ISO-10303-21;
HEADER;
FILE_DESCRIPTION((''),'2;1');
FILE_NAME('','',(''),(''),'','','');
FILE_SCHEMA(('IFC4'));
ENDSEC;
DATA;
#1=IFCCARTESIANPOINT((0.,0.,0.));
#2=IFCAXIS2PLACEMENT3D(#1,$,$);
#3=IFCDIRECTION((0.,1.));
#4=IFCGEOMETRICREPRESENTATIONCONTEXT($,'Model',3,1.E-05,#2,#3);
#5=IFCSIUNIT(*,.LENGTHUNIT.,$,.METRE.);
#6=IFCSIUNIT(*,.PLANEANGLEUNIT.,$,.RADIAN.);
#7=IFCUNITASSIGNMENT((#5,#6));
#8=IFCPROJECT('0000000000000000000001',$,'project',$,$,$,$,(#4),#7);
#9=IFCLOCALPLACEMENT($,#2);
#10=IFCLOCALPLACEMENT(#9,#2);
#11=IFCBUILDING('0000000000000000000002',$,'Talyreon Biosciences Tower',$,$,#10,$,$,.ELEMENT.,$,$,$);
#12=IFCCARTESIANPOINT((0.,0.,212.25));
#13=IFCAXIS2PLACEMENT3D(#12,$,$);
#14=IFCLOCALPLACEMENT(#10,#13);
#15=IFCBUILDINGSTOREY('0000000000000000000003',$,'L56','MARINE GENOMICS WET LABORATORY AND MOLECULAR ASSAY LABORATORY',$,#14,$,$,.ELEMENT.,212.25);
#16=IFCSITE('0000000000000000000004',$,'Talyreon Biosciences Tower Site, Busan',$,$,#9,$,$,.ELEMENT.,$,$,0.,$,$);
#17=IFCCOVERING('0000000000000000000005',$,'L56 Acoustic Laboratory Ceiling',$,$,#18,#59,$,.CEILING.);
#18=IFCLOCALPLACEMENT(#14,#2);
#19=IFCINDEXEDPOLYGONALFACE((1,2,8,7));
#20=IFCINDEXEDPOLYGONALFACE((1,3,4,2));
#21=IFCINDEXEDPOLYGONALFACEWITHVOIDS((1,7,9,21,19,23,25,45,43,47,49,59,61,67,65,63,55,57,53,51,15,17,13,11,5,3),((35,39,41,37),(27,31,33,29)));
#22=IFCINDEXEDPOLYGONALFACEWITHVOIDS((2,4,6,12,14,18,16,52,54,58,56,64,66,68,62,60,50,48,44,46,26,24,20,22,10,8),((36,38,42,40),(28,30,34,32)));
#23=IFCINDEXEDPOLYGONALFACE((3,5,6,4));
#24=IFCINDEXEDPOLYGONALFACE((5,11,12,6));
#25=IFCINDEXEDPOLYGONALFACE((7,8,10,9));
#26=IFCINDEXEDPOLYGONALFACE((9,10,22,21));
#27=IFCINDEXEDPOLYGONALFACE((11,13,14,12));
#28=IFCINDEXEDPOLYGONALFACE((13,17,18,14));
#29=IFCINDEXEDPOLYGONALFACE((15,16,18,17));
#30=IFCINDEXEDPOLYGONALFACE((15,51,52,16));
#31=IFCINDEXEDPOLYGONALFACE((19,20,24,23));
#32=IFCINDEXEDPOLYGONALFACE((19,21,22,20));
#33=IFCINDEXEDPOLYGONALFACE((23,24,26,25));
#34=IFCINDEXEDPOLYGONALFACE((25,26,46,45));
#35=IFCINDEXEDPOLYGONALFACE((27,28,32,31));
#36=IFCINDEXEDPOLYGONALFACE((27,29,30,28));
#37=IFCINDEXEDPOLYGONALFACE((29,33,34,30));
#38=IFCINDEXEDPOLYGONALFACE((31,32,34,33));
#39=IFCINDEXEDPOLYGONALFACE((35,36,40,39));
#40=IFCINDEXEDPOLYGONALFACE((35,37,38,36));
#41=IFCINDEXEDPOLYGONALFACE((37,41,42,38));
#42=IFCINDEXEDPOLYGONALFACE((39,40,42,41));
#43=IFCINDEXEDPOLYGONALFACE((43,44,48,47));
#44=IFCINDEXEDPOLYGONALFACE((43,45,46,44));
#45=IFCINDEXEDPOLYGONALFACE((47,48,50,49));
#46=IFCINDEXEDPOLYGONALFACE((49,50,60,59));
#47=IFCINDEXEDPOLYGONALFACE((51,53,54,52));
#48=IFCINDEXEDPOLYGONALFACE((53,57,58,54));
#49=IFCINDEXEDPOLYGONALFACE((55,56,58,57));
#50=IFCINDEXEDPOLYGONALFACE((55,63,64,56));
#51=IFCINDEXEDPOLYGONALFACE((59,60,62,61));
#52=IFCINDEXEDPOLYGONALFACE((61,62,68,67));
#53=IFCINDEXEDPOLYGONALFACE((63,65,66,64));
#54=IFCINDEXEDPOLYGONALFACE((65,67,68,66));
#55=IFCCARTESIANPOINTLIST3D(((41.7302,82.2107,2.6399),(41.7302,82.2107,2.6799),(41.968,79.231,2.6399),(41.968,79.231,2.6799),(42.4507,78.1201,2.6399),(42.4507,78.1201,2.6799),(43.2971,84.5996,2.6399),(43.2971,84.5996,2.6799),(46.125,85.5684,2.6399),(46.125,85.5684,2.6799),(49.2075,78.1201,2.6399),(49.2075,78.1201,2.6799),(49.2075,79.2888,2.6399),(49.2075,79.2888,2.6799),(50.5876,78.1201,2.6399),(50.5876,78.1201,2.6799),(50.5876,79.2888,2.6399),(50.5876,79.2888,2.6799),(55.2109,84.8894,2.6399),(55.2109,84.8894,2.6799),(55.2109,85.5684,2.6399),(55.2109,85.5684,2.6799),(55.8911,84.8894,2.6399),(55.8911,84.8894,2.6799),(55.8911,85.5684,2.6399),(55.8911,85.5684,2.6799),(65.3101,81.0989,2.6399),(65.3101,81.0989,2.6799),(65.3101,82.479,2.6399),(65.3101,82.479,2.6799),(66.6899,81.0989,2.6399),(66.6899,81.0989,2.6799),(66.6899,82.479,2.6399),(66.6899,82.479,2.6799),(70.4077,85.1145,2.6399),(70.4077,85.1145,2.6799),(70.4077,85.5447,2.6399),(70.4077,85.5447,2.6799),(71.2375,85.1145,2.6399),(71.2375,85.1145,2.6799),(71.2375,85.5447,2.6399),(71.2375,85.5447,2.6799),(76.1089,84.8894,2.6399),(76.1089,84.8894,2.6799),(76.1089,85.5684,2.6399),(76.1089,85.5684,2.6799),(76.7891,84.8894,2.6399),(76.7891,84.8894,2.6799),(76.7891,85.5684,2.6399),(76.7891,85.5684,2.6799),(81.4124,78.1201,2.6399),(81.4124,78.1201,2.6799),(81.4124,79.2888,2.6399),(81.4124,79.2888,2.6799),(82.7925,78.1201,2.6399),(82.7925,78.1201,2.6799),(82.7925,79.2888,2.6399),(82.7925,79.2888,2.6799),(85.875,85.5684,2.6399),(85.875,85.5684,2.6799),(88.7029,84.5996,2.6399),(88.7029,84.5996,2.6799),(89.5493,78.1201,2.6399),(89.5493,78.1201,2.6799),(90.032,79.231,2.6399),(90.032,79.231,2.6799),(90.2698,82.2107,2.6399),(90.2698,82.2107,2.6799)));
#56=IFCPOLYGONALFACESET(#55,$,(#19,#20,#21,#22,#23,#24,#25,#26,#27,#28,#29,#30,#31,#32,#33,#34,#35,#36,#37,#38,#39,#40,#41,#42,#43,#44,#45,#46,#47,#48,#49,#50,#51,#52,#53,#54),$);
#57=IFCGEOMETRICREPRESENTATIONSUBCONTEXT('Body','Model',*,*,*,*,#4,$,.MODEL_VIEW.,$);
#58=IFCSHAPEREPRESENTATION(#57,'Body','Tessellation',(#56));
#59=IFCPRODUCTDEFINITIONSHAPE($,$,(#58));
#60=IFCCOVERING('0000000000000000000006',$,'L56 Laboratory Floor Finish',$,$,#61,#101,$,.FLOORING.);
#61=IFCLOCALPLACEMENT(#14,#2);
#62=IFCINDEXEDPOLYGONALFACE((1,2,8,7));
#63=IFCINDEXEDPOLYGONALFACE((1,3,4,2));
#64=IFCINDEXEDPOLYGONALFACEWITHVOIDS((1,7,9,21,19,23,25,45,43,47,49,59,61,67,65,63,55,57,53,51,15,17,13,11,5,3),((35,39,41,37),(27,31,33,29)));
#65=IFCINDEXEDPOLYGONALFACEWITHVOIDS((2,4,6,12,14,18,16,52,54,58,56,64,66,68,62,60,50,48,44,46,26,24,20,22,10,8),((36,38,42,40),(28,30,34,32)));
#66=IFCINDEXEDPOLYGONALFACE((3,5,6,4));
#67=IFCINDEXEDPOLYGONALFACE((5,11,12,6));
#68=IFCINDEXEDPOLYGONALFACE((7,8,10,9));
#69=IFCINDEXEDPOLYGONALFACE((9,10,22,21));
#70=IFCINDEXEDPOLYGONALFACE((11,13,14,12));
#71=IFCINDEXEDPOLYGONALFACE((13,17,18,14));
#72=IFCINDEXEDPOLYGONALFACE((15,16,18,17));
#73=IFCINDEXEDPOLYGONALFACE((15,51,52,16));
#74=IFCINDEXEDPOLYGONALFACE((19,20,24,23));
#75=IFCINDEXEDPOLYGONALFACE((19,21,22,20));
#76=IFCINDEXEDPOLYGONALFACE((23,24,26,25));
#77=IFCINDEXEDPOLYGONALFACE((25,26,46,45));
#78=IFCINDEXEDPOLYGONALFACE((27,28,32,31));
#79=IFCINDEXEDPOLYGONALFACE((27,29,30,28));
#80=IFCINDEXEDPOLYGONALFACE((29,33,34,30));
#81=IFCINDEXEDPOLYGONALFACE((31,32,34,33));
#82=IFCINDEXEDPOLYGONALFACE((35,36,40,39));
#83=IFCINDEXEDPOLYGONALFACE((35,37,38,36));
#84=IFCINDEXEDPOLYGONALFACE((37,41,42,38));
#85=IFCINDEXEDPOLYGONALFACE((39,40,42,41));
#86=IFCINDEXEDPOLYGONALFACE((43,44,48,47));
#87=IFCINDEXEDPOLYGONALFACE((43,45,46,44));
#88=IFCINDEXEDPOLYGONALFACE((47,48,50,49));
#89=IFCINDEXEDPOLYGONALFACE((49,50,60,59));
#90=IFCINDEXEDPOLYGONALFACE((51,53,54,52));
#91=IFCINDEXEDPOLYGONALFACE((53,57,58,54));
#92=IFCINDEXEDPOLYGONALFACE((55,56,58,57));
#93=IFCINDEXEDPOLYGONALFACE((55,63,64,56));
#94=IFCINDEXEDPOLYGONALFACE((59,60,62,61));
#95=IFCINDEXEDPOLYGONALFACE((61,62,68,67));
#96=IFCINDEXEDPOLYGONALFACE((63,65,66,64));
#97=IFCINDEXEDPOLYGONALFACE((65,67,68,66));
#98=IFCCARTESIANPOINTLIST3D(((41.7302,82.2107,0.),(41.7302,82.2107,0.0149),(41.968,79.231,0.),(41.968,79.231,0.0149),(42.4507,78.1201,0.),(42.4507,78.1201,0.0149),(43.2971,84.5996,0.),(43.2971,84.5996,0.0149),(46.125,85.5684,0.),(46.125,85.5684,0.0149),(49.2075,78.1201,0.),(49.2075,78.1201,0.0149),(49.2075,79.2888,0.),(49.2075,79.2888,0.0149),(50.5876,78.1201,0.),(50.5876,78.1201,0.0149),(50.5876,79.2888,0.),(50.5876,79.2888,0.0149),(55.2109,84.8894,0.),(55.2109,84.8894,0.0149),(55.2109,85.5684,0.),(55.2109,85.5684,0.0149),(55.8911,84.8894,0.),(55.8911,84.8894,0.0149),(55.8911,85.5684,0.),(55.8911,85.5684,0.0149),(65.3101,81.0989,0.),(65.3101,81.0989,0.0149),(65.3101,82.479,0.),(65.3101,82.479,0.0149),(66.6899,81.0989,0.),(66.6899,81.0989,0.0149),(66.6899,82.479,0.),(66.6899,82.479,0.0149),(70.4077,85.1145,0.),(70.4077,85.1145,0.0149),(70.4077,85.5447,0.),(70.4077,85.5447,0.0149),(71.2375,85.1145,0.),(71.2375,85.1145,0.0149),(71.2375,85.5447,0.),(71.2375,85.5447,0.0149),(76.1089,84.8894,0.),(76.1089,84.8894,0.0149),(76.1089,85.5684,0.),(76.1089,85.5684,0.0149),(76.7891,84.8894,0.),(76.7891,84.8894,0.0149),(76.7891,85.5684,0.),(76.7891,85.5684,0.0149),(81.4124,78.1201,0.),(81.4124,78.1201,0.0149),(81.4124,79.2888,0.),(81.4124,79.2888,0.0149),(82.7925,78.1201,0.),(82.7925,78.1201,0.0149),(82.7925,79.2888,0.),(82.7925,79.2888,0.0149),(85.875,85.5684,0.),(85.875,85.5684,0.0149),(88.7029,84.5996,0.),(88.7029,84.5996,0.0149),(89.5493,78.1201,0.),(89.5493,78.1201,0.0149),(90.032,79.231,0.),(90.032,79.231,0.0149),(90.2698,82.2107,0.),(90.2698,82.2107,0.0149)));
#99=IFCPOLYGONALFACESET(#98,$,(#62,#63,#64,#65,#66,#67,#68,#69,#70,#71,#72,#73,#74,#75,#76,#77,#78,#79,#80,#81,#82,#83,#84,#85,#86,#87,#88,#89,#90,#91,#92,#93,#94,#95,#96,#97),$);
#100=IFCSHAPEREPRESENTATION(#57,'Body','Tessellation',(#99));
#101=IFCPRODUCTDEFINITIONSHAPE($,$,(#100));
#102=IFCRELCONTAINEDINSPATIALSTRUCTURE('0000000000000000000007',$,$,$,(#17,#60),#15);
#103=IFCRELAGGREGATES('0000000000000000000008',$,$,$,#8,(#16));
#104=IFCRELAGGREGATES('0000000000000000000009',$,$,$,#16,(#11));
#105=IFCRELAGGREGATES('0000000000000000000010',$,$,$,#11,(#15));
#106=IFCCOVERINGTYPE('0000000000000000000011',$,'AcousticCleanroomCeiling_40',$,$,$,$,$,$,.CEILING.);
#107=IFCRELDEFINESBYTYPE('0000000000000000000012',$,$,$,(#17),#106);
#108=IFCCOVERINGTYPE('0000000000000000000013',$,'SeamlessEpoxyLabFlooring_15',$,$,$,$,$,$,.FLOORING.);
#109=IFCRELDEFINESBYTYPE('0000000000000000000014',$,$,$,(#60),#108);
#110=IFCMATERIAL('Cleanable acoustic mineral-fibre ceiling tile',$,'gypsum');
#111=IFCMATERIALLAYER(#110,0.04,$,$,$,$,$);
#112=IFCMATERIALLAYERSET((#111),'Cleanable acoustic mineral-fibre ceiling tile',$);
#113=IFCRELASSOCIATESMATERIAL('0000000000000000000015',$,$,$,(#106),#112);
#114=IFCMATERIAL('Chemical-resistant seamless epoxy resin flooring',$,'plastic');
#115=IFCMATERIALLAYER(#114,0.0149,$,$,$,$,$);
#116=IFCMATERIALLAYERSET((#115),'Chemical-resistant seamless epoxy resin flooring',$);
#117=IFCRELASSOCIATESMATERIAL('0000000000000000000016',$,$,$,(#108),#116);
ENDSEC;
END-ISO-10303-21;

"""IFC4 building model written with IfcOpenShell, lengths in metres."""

from ifc_helpers import new_model, si_unit, direction, frame, origin, place, context, subcontext, project, spatial, polyline, outline, extrude, material, layer, layer_set, type_object, element, save


model = new_model("IFC4")

# Units and contexts
model_context = context("Model", 3, precision=1e-05, world=origin(), true_north=direction((0.0, 1.0)))
body_context = subcontext(model_context, "Body", "Model", "MODEL_VIEW")
ifc_project = project(units=[si_unit("LENGTHUNIT", "METRE"), si_unit("PLANEANGLEUNIT", "RADIAN")], contexts=[model_context])

# Site, building, storey
site_placement = place(None, origin())
site = spatial("IfcSite", under=ifc_project, at=site_placement, Name="Talyreon Biosciences Tower Site, Busan", CompositionType="ELEMENT", RefElevation=0.0)
building_placement = place(site_placement, origin())
building = spatial("IfcBuilding", under=site, at=building_placement, Name="Talyreon Biosciences Tower", CompositionType="ELEMENT")
storey_placement = place(building_placement, frame((0.0, 0.0, 212.25)))
storey = spatial("IfcBuildingStorey", under=building, at=storey_placement, Name="L56", Description="MARINE GENOMICS WET LABORATORY AND MOLECULAR ASSAY LABORATORY", CompositionType="ELEMENT", Elevation=212.25)

# Coverings
ifc_material_1 = material(Name="Cleanable acoustic mineral-fibre ceiling tile", Category="gypsum")
ifc_layer_1 = layer(ifc_material_1, 0.04)
ifc_layer_set_1 = layer_set([ifc_layer_1], Name="Cleanable acoustic mineral-fibre ceiling tile")
covering_type_1 = type_object("IfcCoveringType", Name="AcousticCleanroomCeiling_40", PredefinedType="CEILING", material=ifc_layer_set_1)
covering_1_placement = place(storey_placement, frame((0.0, 0.0, 2.6399)))
element("IfcCovering", 1, at=covering_1_placement, inside=storey, type_object=covering_type_1, Name="L56 Acoustic Laboratory Ceiling", PredefinedType="CEILING", context=body_context, shape_type="SweptSolid", body=[
    extrude(outline(polyline([(41.7302, 82.2107), (43.2971, 84.5996), (46.125, 85.5684), (55.2109, 85.5684), (55.2109, 84.8894), (55.8911, 84.8894), (55.8911, 85.5684), (76.1089, 85.5684), (76.1089, 84.8894), (76.7891, 84.8894), (76.7891, 85.5684), (85.875, 85.5684), (88.7029, 84.5996), (90.2698, 82.2107), (90.032, 79.231), (89.5493, 78.1201), (82.7925, 78.1201), (82.7925, 79.2888), (81.4124, 79.2888), (81.4124, 78.1201), (50.5876, 78.1201), (50.5876, 79.2888), (49.2075, 79.2888), (49.2075, 78.1201), (42.4507, 78.1201), (41.968, 79.231), (41.7302, 82.2107)]), holes=[polyline([(65.3101, 81.0989), (66.6899, 81.0989), (66.6899, 82.479), (65.3101, 82.479), (65.3101, 81.0989)]), polyline([(71.2375, 85.5447), (70.4077, 85.5447), (70.4077, 85.1145), (71.2375, 85.1145), (71.2375, 85.5447)])]), origin(), (0.0, 0.0, 1.0), 0.04),
])
ifc_material_2 = material(Name="Chemical-resistant seamless epoxy resin flooring", Category="plastic")
ifc_layer_2 = layer(ifc_material_2, 0.0149)
ifc_layer_set_2 = layer_set([ifc_layer_2], Name="Chemical-resistant seamless epoxy resin flooring")
covering_type_2 = type_object("IfcCoveringType", Name="SeamlessEpoxyLabFlooring_15", PredefinedType="FLOORING", material=ifc_layer_set_2)
covering_2_placement = place(storey_placement, origin())
element("IfcCovering", 2, at=covering_2_placement, inside=storey, type_object=covering_type_2, Name="L56 Laboratory Floor Finish", PredefinedType="FLOORING", context=body_context, shape_type="SweptSolid", body=[
    extrude(outline(polyline([(41.7302, 82.2107), (43.2971, 84.5996), (46.125, 85.5684), (55.2109, 85.5684), (55.2109, 84.8894), (55.8911, 84.8894), (55.8911, 85.5684), (76.1089, 85.5684), (76.1089, 84.8894), (76.7891, 84.8894), (76.7891, 85.5684), (85.875, 85.5684), (88.7029, 84.5996), (90.2698, 82.2107), (90.032, 79.231), (89.5493, 78.1201), (82.7925, 78.1201), (82.7925, 79.2888), (81.4124, 79.2888), (81.4124, 78.1201), (50.5876, 78.1201), (50.5876, 79.2888), (49.2075, 79.2888), (49.2075, 78.1201), (42.4507, 78.1201), (41.968, 79.231), (41.7302, 82.2107)]), holes=[polyline([(65.3101, 81.0989), (66.6899, 81.0989), (66.6899, 82.479), (65.3101, 82.479), (65.3101, 81.0989)]), polyline([(71.2375, 85.5447), (70.4077, 85.5447), (70.4077, 85.1145), (71.2375, 85.1145), (71.2375, 85.5447)])]), origin(), (0.0, 0.0, 1.0), 0.0149),
])

save(model, "model.ifc")
